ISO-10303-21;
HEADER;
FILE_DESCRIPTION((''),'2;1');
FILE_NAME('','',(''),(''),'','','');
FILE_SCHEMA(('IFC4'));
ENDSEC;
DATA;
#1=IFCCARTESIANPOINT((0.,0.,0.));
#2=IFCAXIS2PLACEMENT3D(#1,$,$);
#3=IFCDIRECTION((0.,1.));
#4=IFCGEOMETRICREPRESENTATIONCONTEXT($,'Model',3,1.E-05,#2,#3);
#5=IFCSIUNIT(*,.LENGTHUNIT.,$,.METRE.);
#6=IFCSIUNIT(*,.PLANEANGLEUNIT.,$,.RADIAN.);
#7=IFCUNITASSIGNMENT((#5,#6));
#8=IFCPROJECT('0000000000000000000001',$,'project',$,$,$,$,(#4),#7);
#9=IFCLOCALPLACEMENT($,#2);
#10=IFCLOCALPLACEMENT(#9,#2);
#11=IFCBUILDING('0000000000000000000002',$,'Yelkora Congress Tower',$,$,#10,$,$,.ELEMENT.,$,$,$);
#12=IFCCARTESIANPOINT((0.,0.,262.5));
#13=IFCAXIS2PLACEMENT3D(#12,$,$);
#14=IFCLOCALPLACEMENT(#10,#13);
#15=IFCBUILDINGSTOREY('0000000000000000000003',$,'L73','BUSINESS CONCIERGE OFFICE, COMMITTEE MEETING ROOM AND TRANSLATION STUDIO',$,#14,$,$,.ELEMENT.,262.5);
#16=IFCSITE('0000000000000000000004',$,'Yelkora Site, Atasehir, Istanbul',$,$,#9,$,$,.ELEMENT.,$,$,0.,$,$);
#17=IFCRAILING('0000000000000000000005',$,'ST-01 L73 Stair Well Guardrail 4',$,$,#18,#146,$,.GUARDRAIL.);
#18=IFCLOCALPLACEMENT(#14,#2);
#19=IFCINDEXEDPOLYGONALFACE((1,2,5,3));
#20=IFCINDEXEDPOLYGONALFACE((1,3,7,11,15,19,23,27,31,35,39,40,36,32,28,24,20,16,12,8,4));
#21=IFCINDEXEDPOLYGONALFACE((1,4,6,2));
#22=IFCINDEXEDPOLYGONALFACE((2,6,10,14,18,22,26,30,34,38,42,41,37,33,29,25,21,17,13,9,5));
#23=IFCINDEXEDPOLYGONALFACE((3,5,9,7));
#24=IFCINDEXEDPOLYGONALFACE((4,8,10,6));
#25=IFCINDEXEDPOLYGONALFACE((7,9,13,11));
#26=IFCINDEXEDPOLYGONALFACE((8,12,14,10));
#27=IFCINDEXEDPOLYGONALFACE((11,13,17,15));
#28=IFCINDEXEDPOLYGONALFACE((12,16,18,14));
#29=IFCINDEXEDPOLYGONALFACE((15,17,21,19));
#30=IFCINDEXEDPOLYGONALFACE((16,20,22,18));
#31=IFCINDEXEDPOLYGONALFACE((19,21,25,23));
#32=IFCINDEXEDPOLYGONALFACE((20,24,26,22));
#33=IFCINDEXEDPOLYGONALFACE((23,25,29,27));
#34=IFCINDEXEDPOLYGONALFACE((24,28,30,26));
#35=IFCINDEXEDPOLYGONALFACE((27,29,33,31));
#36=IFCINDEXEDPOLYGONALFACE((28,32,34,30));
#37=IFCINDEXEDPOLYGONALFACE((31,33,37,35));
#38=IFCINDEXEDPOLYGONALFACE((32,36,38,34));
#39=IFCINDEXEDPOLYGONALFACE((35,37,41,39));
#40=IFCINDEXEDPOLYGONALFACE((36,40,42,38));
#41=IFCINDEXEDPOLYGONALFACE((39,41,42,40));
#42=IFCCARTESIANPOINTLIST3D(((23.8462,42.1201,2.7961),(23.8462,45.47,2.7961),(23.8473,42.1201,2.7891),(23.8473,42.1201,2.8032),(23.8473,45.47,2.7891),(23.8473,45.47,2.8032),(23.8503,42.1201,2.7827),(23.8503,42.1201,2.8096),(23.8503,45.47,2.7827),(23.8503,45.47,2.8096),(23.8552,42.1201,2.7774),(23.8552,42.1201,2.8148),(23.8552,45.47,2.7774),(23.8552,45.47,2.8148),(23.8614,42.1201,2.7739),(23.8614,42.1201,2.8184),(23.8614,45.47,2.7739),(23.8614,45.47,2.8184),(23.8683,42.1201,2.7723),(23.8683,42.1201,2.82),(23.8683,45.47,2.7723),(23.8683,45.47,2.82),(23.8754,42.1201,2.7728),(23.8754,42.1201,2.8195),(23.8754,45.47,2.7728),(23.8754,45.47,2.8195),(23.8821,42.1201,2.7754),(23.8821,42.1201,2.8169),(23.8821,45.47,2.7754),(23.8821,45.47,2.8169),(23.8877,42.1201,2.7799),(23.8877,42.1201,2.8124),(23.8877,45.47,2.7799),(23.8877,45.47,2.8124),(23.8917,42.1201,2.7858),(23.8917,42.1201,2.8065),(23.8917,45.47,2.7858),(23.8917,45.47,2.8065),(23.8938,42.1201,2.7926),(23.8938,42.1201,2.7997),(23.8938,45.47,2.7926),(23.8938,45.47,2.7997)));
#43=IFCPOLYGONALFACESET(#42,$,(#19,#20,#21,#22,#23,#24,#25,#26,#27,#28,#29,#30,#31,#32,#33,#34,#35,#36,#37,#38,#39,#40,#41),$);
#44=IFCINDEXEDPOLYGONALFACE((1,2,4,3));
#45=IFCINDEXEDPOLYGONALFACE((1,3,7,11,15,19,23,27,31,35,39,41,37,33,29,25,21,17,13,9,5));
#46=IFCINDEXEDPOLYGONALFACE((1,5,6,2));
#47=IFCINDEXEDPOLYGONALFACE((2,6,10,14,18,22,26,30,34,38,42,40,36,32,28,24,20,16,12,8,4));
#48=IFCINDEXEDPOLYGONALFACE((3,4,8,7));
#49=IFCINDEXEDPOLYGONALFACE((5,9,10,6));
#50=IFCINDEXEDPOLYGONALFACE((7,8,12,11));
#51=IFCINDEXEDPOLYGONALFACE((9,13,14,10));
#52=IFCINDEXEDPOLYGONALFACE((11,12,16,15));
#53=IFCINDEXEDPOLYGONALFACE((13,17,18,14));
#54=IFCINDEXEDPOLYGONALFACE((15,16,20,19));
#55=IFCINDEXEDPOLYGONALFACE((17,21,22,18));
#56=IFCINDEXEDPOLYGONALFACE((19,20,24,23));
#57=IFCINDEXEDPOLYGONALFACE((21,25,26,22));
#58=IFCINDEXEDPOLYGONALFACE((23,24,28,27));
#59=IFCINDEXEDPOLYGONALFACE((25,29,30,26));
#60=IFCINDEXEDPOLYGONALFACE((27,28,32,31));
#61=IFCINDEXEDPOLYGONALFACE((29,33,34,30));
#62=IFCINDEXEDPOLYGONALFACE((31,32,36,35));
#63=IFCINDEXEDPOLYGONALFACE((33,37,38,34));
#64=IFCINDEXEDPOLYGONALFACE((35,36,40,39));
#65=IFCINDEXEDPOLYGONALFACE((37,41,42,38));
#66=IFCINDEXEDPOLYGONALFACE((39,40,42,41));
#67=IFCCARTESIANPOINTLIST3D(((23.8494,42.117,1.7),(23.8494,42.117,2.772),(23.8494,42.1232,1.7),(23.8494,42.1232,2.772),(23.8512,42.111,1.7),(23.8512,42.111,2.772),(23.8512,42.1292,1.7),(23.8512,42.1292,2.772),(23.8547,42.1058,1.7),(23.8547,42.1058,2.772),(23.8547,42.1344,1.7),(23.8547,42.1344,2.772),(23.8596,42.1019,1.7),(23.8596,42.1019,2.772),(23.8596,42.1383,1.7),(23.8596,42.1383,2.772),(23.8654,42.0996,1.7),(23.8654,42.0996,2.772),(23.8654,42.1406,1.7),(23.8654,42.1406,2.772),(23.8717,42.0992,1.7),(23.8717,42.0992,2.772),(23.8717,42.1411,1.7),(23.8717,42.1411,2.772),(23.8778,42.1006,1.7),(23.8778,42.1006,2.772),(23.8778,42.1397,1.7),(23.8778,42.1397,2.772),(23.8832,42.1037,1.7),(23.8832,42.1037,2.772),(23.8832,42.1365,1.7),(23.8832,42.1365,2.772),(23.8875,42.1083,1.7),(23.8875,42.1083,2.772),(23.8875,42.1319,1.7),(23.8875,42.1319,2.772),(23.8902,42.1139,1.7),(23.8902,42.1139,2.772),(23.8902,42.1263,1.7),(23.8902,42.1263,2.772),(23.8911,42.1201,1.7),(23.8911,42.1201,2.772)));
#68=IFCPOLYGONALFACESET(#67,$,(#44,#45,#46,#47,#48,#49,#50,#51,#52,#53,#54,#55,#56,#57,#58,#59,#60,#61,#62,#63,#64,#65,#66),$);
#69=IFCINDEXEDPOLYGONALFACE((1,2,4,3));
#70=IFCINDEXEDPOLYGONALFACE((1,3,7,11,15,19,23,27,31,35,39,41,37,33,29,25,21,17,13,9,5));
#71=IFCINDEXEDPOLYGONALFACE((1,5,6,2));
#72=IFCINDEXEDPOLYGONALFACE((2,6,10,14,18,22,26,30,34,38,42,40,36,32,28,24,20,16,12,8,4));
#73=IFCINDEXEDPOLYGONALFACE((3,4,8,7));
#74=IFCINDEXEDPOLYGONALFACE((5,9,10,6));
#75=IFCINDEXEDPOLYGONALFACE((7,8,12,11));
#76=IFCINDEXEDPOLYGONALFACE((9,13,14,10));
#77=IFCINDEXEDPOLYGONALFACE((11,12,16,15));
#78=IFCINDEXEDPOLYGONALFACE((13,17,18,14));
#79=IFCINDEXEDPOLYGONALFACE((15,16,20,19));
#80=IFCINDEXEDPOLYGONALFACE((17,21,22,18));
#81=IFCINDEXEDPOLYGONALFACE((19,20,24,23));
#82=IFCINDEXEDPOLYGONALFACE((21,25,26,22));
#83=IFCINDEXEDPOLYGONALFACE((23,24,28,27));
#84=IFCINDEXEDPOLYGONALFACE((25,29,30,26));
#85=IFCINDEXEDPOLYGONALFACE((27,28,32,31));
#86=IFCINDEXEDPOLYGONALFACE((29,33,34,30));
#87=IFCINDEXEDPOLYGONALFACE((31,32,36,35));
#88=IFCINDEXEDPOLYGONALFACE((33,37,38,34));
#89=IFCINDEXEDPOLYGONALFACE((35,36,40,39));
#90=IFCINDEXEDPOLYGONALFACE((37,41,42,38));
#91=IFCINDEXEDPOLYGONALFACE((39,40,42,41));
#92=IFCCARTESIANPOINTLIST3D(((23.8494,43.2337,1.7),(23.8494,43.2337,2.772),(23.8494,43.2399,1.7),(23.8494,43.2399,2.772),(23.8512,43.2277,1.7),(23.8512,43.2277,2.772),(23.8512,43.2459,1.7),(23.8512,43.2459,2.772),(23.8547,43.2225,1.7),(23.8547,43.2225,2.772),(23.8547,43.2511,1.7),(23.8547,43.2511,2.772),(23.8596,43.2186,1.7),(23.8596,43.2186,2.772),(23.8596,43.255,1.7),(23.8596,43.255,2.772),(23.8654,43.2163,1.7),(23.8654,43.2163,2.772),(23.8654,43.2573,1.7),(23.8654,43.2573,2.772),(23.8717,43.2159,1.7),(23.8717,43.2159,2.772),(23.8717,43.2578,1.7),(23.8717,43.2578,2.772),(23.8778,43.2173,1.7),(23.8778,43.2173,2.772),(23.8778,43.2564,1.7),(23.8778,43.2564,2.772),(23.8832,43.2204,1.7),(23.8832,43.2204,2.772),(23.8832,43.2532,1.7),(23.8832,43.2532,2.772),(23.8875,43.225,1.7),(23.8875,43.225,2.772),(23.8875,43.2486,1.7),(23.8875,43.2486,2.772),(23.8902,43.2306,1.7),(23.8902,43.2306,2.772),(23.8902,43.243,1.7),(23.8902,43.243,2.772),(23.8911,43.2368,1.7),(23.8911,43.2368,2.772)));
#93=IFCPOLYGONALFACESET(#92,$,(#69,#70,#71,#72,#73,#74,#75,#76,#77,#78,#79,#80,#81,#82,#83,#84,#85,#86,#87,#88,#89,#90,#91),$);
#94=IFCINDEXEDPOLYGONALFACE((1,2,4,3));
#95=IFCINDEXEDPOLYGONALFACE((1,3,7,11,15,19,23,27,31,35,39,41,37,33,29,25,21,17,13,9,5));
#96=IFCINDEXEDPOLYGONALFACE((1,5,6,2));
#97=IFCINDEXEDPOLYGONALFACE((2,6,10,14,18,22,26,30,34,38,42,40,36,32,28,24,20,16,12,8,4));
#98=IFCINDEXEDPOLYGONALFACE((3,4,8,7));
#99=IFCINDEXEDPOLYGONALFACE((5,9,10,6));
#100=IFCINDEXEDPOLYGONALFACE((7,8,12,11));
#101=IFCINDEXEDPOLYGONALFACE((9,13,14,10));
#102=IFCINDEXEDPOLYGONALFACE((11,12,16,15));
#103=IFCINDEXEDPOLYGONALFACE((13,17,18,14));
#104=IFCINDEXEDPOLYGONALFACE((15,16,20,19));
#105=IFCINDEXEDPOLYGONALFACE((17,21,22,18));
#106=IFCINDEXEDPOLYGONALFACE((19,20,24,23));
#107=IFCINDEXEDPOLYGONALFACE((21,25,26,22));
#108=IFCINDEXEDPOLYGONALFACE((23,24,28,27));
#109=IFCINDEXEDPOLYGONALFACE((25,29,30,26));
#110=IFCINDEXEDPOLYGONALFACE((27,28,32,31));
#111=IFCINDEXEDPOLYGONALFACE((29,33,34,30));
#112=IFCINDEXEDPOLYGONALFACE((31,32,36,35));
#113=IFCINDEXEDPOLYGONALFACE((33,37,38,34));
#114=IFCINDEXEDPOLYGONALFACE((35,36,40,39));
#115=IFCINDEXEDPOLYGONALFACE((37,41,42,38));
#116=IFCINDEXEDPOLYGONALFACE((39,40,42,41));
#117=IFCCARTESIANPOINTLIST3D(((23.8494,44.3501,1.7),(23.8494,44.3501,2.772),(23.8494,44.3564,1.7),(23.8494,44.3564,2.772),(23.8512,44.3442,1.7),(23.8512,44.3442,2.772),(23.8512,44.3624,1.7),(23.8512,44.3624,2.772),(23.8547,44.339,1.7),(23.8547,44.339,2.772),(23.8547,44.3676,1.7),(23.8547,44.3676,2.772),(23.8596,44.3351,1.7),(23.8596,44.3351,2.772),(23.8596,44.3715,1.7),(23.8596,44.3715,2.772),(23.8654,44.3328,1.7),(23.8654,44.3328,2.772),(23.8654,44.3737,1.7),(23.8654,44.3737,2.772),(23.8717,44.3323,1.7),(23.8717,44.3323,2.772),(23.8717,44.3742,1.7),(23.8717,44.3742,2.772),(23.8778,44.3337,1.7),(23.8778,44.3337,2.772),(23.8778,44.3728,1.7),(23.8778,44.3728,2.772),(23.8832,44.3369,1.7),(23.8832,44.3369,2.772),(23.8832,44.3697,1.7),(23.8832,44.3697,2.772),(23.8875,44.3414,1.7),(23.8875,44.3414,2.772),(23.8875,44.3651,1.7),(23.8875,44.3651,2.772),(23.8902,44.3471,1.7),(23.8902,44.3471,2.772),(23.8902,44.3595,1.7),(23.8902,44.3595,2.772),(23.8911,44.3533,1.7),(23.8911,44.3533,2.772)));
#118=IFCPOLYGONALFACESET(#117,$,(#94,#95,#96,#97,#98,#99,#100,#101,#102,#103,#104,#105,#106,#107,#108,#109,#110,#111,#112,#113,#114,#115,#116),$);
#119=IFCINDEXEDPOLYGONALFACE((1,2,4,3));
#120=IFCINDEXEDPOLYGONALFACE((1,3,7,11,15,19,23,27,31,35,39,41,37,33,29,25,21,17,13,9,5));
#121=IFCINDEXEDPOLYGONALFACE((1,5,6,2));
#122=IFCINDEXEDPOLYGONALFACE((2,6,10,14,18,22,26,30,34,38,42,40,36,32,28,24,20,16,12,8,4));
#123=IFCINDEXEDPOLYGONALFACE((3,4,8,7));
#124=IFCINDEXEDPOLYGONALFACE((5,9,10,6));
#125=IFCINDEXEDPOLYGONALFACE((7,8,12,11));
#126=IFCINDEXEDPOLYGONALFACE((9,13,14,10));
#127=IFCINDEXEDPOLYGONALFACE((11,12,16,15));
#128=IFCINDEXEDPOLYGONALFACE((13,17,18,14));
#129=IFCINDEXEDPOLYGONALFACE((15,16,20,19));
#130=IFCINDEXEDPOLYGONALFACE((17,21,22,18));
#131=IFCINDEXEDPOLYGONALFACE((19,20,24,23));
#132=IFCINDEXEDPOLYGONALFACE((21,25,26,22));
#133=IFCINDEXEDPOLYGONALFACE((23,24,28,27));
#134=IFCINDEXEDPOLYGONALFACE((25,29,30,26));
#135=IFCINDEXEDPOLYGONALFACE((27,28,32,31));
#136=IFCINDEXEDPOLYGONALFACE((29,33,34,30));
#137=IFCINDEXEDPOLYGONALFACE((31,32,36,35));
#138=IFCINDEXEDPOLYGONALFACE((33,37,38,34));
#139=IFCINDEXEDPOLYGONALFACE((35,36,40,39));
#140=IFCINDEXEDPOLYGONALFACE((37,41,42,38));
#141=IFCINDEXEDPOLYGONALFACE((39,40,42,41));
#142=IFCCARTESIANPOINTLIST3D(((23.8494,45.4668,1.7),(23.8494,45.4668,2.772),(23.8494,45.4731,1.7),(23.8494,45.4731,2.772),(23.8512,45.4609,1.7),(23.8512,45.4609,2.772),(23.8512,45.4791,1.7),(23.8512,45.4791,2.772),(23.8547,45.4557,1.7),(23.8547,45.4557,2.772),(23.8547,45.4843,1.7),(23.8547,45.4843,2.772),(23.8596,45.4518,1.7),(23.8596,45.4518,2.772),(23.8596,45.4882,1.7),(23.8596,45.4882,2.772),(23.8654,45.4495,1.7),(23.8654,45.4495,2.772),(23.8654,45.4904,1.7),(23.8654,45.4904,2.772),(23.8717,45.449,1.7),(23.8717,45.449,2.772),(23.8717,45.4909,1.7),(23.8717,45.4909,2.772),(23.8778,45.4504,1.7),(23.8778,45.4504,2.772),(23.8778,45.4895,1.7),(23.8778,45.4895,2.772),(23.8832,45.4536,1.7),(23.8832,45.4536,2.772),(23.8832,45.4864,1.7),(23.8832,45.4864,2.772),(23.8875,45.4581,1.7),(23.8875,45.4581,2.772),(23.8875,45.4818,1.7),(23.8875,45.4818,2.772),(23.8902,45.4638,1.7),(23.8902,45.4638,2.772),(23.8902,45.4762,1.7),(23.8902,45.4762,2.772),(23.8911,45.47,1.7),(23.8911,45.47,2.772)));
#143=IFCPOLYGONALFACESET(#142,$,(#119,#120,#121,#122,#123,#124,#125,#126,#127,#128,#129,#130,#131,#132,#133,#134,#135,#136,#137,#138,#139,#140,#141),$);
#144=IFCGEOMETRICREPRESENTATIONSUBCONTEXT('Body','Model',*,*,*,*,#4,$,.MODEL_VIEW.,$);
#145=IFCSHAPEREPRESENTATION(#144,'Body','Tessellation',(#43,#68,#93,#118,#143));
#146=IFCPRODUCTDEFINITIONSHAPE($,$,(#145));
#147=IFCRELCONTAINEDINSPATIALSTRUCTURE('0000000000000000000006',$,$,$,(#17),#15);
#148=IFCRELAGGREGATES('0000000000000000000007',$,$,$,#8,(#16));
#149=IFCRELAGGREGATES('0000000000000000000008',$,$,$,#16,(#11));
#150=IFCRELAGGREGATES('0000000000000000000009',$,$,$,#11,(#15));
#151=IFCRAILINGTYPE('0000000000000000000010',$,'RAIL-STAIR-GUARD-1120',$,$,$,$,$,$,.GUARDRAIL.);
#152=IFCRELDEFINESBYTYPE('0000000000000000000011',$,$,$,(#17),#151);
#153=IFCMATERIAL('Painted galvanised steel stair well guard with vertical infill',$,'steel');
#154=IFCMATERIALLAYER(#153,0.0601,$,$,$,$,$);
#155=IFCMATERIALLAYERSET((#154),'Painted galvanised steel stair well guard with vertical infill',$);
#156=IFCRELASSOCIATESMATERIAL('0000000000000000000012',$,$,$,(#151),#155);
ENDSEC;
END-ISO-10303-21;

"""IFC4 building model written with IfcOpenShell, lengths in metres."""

from ifc_helpers import new_model, si_unit, direction, frame, origin, origin_2d, place, context, subcontext, project, spatial, circle, extrude, material, layer, layer_set, type_object, element, save


model = new_model("IFC4")

# Units and contexts
model_context = context("Model", 3, precision=1e-05, world=origin(), true_north=direction((0.0, 1.0)))
body_context = subcontext(model_context, "Body", "Model", "MODEL_VIEW")
ifc_project = project(units=[si_unit("LENGTHUNIT", "METRE"), si_unit("PLANEANGLEUNIT", "RADIAN")], contexts=[model_context])

# Site, building, storey
site_placement = place(None, origin())
site = spatial("IfcSite", under=ifc_project, at=site_placement, Name="Yelkora Site, Atasehir, Istanbul", CompositionType="ELEMENT", RefElevation=0.0)
building_placement = place(site_placement, origin())
building = spatial("IfcBuilding", under=site, at=building_placement, Name="Yelkora Congress Tower", CompositionType="ELEMENT")
storey_placement = place(building_placement, frame((0.0, 0.0, 262.5)))
storey = spatial("IfcBuildingStorey", under=building, at=storey_placement, Name="L73", Description="BUSINESS CONCIERGE OFFICE, COMMITTEE MEETING ROOM AND TRANSLATION STUDIO", CompositionType="ELEMENT", Elevation=262.5)

# Railing
ifc_material_1 = material(Name="Painted galvanised steel stair well guard with vertical infill", Category="steel")
ifc_layer_1 = layer(ifc_material_1, 0.0601)
ifc_layer_set_1 = layer_set([ifc_layer_1], Name="Painted galvanised steel stair well guard with vertical infill")
railing_type_1 = type_object("IfcRailingType", Name="RAIL-STAIR-GUARD-1120", PredefinedType="GUARDRAIL", material=ifc_layer_set_1)
for number, where, name in (
    (1, (23.8701, 42.1201, 1.7), "ST-01 L73 Stair Well Guardrail 4"),
):
    element("IfcRailing", number, at=place(storey_placement, frame(where)), inside=storey, type_object=railing_type_1, Name=name, PredefinedType="GUARDRAIL", context=body_context, shape_type="SweptSolid", body=[
        extrude(circle(Radius=0.0239, at=origin_2d()), frame((0.0, 0.0, 1.0962), z_axis=(0.0, 1.0, 0.0), x_axis=(-1.0, 0.0, 0.0)), (0.0, 0.0, 1.0), 3.3499),
        extrude(circle(Radius=0.021, at=origin_2d()), origin(), (0.0, 0.0, 1.0), 1.072),
        extrude(circle(Radius=0.021, at=origin_2d()), frame((0.0, 1.1167, 0.0)), (0.0, 0.0, 1.0), 1.072),
        extrude(circle(Radius=0.021, at=origin_2d()), frame((0.0, 2.2332, 0.0)), (0.0, 0.0, 1.0), 1.072),
        extrude(circle(Radius=0.021, at=origin_2d()), frame((0.0, 3.3499, 0.0)), (0.0, 0.0, 1.0), 1.072),
    ])

save(model, "model.ifc")
